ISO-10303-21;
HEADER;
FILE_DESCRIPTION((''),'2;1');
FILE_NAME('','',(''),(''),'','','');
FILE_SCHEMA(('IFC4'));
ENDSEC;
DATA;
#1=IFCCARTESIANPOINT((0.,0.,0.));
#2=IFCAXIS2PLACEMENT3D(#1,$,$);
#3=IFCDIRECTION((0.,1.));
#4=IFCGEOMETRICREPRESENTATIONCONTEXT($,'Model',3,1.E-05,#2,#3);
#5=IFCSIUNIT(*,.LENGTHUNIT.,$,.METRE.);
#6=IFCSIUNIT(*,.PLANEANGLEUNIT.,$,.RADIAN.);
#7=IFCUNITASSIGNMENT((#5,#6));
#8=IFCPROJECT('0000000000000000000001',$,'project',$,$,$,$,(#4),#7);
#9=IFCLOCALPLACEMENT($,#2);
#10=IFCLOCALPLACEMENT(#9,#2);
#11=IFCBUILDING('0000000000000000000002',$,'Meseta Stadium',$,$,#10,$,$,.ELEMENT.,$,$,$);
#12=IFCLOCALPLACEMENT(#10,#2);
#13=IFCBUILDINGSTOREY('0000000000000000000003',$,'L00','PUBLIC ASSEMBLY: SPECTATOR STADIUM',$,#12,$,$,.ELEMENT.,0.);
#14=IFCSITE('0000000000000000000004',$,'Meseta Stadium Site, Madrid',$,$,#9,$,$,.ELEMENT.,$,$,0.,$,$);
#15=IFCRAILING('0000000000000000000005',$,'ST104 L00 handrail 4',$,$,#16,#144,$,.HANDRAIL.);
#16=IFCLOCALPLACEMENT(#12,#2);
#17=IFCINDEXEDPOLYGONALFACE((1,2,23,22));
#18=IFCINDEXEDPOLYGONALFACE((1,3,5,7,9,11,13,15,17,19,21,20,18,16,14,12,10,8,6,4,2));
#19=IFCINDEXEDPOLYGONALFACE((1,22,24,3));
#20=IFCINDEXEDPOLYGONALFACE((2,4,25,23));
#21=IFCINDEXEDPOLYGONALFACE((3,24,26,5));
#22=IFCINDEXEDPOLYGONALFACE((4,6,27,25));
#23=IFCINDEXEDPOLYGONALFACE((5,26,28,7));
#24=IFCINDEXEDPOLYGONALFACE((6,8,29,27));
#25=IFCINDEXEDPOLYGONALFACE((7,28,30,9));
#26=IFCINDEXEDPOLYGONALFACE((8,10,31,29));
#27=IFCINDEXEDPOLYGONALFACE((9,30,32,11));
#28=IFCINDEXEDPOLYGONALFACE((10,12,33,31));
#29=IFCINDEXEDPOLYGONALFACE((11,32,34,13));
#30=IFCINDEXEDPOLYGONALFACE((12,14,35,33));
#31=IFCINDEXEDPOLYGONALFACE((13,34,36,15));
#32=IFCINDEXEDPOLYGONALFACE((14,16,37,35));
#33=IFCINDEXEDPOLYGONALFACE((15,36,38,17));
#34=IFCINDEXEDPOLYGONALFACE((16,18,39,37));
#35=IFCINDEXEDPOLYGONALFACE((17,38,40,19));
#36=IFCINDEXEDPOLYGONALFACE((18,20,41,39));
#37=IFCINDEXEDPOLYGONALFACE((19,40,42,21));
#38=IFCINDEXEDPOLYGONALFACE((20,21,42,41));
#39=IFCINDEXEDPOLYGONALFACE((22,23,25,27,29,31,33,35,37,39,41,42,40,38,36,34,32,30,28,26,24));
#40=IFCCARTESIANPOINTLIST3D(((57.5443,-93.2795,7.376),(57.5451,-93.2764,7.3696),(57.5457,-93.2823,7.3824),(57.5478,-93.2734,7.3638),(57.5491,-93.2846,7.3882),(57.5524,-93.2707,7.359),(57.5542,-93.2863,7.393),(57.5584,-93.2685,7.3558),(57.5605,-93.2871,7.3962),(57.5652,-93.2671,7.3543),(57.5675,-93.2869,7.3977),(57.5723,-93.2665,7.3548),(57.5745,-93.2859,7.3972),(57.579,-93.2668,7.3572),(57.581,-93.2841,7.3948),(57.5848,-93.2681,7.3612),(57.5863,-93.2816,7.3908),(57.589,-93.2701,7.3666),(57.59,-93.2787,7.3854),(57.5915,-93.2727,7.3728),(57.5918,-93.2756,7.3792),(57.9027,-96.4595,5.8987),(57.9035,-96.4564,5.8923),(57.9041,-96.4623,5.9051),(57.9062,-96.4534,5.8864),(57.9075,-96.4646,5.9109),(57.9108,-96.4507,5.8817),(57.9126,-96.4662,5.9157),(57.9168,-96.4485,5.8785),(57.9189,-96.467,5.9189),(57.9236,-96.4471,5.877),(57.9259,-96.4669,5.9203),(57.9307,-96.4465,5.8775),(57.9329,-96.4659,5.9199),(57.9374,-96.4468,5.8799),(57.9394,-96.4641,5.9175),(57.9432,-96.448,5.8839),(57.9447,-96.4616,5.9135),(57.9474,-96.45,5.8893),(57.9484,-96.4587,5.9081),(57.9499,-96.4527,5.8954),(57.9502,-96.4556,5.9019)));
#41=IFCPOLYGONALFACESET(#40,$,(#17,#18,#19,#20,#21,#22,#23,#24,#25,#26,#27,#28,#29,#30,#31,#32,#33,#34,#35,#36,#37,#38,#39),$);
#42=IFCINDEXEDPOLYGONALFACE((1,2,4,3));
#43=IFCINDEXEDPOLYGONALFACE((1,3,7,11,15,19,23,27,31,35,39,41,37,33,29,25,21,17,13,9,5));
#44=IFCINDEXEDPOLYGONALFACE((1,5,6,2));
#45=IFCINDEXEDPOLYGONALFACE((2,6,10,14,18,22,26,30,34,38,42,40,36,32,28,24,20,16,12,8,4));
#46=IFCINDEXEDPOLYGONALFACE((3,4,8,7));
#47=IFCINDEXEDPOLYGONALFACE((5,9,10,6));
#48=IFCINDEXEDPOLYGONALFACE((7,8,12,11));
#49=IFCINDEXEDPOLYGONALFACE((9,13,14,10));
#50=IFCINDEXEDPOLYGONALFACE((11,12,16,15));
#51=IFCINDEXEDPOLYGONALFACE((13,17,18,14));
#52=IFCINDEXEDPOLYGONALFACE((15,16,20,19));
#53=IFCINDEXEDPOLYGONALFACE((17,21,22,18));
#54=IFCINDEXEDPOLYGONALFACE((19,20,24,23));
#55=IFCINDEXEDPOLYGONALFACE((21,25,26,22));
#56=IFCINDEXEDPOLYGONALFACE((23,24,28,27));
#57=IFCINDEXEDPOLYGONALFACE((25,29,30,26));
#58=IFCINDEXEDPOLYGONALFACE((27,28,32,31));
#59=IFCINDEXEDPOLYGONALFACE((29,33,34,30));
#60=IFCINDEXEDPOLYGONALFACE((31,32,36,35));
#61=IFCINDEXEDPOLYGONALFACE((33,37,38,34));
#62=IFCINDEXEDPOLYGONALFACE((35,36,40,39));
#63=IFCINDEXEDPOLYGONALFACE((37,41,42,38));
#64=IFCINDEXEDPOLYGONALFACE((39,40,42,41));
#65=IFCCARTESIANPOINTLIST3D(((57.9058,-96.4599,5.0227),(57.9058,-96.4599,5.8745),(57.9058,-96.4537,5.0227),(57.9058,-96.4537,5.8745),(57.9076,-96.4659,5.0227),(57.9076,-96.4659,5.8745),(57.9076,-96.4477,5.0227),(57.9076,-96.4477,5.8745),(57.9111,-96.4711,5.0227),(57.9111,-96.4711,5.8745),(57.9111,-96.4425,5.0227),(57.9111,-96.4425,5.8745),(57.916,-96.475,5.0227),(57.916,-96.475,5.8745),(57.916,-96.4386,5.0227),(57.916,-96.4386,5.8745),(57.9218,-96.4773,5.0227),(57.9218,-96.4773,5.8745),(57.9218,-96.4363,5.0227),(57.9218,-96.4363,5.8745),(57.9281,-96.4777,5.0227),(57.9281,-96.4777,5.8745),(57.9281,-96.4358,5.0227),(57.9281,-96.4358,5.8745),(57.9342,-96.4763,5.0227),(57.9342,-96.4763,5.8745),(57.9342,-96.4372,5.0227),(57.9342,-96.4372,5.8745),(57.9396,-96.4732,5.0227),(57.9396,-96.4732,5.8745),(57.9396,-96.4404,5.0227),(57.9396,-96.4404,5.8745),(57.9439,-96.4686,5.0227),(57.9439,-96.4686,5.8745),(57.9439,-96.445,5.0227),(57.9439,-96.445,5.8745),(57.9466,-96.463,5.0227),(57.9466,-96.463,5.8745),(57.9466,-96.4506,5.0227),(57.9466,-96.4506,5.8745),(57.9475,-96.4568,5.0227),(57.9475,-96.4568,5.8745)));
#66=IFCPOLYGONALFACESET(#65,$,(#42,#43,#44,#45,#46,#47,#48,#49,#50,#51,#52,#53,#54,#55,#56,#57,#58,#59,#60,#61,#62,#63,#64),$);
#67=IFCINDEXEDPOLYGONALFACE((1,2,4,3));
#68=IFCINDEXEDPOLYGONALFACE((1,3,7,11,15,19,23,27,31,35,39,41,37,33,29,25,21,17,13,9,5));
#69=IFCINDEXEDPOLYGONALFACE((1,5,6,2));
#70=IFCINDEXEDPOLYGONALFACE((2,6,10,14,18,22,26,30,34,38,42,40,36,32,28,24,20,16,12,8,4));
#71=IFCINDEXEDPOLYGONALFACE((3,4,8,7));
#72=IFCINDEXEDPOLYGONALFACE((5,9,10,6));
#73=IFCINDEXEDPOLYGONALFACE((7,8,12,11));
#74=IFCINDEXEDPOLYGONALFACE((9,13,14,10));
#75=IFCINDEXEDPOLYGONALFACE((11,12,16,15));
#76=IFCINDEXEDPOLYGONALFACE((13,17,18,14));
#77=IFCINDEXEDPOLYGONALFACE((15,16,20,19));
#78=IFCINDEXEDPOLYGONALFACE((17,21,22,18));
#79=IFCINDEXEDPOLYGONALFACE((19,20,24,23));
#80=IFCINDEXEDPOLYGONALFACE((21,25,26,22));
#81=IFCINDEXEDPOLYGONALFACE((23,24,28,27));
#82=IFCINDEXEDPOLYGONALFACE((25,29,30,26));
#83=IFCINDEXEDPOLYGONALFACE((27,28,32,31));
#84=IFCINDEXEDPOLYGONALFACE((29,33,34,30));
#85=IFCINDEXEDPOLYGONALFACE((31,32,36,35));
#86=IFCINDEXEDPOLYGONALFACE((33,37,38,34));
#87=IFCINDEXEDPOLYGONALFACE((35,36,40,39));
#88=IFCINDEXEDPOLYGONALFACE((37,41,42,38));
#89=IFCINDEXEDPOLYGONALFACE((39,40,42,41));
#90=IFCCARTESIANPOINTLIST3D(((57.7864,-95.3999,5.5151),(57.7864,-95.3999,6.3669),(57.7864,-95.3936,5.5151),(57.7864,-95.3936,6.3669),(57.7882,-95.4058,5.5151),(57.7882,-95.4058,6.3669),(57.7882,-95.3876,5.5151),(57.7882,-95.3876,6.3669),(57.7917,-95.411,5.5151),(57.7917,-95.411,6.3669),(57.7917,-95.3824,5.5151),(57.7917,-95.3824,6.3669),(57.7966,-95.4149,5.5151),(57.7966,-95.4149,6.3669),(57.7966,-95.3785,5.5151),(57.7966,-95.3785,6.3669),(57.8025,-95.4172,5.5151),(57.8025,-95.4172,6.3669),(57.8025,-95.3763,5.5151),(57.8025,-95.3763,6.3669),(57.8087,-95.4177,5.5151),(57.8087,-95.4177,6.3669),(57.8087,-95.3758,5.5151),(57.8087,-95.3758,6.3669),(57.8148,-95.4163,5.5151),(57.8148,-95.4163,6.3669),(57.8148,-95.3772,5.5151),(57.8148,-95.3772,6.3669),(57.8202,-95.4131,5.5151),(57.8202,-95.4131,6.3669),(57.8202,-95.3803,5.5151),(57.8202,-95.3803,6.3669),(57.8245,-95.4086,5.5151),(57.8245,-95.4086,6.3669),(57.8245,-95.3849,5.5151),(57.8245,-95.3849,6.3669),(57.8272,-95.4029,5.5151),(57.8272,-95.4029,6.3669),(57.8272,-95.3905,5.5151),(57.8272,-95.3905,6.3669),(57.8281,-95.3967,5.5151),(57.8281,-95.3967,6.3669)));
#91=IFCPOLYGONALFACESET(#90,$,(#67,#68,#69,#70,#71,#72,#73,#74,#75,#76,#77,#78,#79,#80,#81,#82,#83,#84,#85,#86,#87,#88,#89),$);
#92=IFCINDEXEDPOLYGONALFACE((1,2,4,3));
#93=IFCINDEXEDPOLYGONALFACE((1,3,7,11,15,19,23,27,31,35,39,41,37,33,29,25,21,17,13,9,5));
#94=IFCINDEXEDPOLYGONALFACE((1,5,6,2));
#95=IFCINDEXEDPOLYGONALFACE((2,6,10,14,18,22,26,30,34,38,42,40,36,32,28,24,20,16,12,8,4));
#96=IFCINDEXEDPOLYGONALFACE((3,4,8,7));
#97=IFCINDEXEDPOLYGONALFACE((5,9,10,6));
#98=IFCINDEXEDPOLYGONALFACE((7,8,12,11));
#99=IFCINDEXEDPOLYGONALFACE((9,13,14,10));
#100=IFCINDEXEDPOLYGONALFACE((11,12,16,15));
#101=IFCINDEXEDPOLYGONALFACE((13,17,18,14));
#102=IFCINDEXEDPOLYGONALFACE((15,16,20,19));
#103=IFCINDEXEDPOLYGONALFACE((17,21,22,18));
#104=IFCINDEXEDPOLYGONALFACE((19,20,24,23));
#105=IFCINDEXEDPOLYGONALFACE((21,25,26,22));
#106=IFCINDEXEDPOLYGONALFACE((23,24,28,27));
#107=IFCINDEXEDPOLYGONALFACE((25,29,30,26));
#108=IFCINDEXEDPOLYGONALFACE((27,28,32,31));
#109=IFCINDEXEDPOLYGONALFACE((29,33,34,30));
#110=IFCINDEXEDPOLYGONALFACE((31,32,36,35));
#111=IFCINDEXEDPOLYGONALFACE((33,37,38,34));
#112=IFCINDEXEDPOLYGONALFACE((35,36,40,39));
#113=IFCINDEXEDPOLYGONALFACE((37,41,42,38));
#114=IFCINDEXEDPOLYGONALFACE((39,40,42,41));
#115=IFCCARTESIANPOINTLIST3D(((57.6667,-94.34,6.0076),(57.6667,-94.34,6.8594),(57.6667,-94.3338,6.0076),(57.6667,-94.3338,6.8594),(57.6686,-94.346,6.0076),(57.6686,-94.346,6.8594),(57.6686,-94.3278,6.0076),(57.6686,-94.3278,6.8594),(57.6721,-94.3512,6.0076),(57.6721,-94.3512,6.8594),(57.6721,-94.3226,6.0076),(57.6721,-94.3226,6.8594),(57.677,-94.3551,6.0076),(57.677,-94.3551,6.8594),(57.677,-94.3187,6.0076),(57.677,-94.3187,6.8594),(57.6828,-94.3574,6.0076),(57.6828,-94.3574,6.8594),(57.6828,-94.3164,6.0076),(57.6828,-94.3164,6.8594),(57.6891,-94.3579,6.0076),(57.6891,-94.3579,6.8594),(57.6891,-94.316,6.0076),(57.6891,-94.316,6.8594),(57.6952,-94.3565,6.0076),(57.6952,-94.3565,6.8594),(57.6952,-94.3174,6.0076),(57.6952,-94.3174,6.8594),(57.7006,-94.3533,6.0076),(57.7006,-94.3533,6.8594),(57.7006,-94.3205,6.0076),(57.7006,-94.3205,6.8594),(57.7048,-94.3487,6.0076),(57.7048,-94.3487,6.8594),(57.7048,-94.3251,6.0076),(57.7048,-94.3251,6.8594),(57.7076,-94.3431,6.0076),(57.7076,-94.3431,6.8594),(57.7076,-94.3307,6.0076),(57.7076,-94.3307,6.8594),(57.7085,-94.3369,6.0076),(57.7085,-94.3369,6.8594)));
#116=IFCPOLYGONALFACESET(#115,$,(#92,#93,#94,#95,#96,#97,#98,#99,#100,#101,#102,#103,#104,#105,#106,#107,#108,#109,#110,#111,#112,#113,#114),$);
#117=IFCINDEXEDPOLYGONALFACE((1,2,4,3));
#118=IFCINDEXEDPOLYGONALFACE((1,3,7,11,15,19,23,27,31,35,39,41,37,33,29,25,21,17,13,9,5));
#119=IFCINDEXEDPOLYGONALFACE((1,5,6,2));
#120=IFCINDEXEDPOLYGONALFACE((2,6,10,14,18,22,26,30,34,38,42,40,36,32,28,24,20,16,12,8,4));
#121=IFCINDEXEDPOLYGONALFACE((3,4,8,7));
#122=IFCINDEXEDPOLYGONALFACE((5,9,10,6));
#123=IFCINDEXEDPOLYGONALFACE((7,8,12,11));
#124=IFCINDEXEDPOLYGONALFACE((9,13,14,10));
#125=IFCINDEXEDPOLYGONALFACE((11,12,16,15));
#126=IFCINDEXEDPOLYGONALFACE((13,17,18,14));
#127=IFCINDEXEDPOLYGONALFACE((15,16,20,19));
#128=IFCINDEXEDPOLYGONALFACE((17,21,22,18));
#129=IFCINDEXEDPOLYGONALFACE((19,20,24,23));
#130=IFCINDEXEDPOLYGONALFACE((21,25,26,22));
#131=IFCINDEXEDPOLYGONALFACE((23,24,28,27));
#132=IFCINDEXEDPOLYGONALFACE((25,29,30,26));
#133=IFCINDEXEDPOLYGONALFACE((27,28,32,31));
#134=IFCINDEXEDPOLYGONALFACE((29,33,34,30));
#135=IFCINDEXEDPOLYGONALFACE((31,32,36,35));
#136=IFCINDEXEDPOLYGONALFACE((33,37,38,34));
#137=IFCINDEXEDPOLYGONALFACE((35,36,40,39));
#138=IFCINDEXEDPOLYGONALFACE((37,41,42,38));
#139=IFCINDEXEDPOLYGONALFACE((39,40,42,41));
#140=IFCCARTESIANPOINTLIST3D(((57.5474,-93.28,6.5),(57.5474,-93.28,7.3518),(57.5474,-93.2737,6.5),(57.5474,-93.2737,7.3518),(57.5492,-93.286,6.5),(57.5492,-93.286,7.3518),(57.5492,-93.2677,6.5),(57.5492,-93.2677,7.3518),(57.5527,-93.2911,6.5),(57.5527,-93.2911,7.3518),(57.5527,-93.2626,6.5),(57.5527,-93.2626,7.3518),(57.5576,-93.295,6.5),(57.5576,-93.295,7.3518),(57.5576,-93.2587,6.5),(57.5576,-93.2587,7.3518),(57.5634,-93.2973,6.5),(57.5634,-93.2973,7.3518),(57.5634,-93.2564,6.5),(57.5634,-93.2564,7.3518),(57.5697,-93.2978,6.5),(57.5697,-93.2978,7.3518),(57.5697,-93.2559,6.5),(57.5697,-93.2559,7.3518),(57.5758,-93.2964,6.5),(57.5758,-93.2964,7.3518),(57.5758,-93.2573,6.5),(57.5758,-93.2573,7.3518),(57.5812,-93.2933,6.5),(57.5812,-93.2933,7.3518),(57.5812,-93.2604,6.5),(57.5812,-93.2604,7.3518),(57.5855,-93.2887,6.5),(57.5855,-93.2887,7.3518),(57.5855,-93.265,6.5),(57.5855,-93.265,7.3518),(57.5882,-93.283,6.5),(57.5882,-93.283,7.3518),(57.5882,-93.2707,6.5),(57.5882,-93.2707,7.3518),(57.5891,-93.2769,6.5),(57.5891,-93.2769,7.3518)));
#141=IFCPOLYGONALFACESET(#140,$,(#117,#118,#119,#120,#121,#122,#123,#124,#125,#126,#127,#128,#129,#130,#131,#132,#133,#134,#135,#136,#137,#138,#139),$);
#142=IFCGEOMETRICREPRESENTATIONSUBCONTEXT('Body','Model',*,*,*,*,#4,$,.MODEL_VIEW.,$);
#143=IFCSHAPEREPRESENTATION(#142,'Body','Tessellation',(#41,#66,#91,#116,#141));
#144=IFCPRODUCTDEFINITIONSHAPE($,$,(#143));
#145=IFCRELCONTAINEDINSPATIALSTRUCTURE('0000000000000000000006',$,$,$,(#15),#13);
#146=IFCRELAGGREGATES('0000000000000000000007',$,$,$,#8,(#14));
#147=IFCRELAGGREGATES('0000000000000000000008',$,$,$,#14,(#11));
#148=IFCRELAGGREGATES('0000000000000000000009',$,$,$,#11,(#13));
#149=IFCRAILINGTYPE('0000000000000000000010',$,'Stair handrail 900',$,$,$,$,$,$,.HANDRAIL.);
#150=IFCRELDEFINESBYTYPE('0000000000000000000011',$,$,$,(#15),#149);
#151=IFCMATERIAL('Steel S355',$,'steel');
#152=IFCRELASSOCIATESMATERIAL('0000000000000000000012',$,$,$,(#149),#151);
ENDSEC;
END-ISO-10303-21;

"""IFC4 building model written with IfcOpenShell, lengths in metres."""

from ifc_helpers import new_model, si_unit, direction, frame, origin, origin_2d, place, context, subcontext, project, spatial, circle, extrude, material, type_object, element, save


model = new_model("IFC4")

# Units and contexts
model_context = context("Model", 3, precision=1e-05, world=origin(), true_north=direction((0.0, 1.0)))
body_context = subcontext(model_context, "Body", "Model", "MODEL_VIEW")
ifc_project = project(units=[si_unit("LENGTHUNIT", "METRE"), si_unit("PLANEANGLEUNIT", "RADIAN")], contexts=[model_context])

# Site, building, storey
site_placement = place(None, origin())
site = spatial("IfcSite", under=ifc_project, at=site_placement, Name="Meseta Stadium Site, Madrid", CompositionType="ELEMENT", RefElevation=0.0)
building_placement = place(site_placement, origin())
building = spatial("IfcBuilding", under=site, at=building_placement, Name="Meseta Stadium", CompositionType="ELEMENT")
storey_placement = place(building_placement, origin())
storey = spatial("IfcBuildingStorey", under=building, at=storey_placement, Name="L00", Description="PUBLIC ASSEMBLY: SPECTATOR STADIUM", CompositionType="ELEMENT", Elevation=0.0)

# Railing
ifc_material_1 = material(Name="Steel S355", Category="steel")
railing_type_1 = type_object("IfcRailingType", Name="Stair handrail 900", PredefinedType="HANDRAIL", material=ifc_material_1)
railing_1_placement = place(storey_placement, frame((57.9265, -96.4568, 5.0227)))
element("IfcRailing", 1, at=railing_1_placement, inside=storey, type_object=railing_type_1, Name="ST104 L00 handrail 4", PredefinedType="HANDRAIL", context=body_context, shape_type="SweptSolid", body=[
    extrude(circle(Radius=0.0239, at=origin_2d()), frame((0.0, 0.0, 0.876), z_axis=(-0.101685, 0.90221, 0.419138), x_axis=(-0.993709, -0.111997, 0.0)), (0.0, 0.0, 1.0), 3.5247),
    extrude(circle(Radius=0.021, at=origin_2d()), origin(), (0.0, 0.0, 1.0), 0.8518),
    extrude(circle(Radius=0.021, at=origin_2d()), frame((-0.1194, 1.0601, 0.4924)), (0.0, 0.0, 1.0), 0.8518),
    extrude(circle(Radius=0.021, at=origin_2d()), frame((-0.239, 2.1199, 0.9849)), (0.0, 0.0, 1.0), 0.8518),
    extrude(circle(Radius=0.021, at=origin_2d()), frame((-0.3584, 3.1799, 1.4773)), (0.0, 0.0, 1.0), 0.8518),
])

save(model, "model.ifc")
